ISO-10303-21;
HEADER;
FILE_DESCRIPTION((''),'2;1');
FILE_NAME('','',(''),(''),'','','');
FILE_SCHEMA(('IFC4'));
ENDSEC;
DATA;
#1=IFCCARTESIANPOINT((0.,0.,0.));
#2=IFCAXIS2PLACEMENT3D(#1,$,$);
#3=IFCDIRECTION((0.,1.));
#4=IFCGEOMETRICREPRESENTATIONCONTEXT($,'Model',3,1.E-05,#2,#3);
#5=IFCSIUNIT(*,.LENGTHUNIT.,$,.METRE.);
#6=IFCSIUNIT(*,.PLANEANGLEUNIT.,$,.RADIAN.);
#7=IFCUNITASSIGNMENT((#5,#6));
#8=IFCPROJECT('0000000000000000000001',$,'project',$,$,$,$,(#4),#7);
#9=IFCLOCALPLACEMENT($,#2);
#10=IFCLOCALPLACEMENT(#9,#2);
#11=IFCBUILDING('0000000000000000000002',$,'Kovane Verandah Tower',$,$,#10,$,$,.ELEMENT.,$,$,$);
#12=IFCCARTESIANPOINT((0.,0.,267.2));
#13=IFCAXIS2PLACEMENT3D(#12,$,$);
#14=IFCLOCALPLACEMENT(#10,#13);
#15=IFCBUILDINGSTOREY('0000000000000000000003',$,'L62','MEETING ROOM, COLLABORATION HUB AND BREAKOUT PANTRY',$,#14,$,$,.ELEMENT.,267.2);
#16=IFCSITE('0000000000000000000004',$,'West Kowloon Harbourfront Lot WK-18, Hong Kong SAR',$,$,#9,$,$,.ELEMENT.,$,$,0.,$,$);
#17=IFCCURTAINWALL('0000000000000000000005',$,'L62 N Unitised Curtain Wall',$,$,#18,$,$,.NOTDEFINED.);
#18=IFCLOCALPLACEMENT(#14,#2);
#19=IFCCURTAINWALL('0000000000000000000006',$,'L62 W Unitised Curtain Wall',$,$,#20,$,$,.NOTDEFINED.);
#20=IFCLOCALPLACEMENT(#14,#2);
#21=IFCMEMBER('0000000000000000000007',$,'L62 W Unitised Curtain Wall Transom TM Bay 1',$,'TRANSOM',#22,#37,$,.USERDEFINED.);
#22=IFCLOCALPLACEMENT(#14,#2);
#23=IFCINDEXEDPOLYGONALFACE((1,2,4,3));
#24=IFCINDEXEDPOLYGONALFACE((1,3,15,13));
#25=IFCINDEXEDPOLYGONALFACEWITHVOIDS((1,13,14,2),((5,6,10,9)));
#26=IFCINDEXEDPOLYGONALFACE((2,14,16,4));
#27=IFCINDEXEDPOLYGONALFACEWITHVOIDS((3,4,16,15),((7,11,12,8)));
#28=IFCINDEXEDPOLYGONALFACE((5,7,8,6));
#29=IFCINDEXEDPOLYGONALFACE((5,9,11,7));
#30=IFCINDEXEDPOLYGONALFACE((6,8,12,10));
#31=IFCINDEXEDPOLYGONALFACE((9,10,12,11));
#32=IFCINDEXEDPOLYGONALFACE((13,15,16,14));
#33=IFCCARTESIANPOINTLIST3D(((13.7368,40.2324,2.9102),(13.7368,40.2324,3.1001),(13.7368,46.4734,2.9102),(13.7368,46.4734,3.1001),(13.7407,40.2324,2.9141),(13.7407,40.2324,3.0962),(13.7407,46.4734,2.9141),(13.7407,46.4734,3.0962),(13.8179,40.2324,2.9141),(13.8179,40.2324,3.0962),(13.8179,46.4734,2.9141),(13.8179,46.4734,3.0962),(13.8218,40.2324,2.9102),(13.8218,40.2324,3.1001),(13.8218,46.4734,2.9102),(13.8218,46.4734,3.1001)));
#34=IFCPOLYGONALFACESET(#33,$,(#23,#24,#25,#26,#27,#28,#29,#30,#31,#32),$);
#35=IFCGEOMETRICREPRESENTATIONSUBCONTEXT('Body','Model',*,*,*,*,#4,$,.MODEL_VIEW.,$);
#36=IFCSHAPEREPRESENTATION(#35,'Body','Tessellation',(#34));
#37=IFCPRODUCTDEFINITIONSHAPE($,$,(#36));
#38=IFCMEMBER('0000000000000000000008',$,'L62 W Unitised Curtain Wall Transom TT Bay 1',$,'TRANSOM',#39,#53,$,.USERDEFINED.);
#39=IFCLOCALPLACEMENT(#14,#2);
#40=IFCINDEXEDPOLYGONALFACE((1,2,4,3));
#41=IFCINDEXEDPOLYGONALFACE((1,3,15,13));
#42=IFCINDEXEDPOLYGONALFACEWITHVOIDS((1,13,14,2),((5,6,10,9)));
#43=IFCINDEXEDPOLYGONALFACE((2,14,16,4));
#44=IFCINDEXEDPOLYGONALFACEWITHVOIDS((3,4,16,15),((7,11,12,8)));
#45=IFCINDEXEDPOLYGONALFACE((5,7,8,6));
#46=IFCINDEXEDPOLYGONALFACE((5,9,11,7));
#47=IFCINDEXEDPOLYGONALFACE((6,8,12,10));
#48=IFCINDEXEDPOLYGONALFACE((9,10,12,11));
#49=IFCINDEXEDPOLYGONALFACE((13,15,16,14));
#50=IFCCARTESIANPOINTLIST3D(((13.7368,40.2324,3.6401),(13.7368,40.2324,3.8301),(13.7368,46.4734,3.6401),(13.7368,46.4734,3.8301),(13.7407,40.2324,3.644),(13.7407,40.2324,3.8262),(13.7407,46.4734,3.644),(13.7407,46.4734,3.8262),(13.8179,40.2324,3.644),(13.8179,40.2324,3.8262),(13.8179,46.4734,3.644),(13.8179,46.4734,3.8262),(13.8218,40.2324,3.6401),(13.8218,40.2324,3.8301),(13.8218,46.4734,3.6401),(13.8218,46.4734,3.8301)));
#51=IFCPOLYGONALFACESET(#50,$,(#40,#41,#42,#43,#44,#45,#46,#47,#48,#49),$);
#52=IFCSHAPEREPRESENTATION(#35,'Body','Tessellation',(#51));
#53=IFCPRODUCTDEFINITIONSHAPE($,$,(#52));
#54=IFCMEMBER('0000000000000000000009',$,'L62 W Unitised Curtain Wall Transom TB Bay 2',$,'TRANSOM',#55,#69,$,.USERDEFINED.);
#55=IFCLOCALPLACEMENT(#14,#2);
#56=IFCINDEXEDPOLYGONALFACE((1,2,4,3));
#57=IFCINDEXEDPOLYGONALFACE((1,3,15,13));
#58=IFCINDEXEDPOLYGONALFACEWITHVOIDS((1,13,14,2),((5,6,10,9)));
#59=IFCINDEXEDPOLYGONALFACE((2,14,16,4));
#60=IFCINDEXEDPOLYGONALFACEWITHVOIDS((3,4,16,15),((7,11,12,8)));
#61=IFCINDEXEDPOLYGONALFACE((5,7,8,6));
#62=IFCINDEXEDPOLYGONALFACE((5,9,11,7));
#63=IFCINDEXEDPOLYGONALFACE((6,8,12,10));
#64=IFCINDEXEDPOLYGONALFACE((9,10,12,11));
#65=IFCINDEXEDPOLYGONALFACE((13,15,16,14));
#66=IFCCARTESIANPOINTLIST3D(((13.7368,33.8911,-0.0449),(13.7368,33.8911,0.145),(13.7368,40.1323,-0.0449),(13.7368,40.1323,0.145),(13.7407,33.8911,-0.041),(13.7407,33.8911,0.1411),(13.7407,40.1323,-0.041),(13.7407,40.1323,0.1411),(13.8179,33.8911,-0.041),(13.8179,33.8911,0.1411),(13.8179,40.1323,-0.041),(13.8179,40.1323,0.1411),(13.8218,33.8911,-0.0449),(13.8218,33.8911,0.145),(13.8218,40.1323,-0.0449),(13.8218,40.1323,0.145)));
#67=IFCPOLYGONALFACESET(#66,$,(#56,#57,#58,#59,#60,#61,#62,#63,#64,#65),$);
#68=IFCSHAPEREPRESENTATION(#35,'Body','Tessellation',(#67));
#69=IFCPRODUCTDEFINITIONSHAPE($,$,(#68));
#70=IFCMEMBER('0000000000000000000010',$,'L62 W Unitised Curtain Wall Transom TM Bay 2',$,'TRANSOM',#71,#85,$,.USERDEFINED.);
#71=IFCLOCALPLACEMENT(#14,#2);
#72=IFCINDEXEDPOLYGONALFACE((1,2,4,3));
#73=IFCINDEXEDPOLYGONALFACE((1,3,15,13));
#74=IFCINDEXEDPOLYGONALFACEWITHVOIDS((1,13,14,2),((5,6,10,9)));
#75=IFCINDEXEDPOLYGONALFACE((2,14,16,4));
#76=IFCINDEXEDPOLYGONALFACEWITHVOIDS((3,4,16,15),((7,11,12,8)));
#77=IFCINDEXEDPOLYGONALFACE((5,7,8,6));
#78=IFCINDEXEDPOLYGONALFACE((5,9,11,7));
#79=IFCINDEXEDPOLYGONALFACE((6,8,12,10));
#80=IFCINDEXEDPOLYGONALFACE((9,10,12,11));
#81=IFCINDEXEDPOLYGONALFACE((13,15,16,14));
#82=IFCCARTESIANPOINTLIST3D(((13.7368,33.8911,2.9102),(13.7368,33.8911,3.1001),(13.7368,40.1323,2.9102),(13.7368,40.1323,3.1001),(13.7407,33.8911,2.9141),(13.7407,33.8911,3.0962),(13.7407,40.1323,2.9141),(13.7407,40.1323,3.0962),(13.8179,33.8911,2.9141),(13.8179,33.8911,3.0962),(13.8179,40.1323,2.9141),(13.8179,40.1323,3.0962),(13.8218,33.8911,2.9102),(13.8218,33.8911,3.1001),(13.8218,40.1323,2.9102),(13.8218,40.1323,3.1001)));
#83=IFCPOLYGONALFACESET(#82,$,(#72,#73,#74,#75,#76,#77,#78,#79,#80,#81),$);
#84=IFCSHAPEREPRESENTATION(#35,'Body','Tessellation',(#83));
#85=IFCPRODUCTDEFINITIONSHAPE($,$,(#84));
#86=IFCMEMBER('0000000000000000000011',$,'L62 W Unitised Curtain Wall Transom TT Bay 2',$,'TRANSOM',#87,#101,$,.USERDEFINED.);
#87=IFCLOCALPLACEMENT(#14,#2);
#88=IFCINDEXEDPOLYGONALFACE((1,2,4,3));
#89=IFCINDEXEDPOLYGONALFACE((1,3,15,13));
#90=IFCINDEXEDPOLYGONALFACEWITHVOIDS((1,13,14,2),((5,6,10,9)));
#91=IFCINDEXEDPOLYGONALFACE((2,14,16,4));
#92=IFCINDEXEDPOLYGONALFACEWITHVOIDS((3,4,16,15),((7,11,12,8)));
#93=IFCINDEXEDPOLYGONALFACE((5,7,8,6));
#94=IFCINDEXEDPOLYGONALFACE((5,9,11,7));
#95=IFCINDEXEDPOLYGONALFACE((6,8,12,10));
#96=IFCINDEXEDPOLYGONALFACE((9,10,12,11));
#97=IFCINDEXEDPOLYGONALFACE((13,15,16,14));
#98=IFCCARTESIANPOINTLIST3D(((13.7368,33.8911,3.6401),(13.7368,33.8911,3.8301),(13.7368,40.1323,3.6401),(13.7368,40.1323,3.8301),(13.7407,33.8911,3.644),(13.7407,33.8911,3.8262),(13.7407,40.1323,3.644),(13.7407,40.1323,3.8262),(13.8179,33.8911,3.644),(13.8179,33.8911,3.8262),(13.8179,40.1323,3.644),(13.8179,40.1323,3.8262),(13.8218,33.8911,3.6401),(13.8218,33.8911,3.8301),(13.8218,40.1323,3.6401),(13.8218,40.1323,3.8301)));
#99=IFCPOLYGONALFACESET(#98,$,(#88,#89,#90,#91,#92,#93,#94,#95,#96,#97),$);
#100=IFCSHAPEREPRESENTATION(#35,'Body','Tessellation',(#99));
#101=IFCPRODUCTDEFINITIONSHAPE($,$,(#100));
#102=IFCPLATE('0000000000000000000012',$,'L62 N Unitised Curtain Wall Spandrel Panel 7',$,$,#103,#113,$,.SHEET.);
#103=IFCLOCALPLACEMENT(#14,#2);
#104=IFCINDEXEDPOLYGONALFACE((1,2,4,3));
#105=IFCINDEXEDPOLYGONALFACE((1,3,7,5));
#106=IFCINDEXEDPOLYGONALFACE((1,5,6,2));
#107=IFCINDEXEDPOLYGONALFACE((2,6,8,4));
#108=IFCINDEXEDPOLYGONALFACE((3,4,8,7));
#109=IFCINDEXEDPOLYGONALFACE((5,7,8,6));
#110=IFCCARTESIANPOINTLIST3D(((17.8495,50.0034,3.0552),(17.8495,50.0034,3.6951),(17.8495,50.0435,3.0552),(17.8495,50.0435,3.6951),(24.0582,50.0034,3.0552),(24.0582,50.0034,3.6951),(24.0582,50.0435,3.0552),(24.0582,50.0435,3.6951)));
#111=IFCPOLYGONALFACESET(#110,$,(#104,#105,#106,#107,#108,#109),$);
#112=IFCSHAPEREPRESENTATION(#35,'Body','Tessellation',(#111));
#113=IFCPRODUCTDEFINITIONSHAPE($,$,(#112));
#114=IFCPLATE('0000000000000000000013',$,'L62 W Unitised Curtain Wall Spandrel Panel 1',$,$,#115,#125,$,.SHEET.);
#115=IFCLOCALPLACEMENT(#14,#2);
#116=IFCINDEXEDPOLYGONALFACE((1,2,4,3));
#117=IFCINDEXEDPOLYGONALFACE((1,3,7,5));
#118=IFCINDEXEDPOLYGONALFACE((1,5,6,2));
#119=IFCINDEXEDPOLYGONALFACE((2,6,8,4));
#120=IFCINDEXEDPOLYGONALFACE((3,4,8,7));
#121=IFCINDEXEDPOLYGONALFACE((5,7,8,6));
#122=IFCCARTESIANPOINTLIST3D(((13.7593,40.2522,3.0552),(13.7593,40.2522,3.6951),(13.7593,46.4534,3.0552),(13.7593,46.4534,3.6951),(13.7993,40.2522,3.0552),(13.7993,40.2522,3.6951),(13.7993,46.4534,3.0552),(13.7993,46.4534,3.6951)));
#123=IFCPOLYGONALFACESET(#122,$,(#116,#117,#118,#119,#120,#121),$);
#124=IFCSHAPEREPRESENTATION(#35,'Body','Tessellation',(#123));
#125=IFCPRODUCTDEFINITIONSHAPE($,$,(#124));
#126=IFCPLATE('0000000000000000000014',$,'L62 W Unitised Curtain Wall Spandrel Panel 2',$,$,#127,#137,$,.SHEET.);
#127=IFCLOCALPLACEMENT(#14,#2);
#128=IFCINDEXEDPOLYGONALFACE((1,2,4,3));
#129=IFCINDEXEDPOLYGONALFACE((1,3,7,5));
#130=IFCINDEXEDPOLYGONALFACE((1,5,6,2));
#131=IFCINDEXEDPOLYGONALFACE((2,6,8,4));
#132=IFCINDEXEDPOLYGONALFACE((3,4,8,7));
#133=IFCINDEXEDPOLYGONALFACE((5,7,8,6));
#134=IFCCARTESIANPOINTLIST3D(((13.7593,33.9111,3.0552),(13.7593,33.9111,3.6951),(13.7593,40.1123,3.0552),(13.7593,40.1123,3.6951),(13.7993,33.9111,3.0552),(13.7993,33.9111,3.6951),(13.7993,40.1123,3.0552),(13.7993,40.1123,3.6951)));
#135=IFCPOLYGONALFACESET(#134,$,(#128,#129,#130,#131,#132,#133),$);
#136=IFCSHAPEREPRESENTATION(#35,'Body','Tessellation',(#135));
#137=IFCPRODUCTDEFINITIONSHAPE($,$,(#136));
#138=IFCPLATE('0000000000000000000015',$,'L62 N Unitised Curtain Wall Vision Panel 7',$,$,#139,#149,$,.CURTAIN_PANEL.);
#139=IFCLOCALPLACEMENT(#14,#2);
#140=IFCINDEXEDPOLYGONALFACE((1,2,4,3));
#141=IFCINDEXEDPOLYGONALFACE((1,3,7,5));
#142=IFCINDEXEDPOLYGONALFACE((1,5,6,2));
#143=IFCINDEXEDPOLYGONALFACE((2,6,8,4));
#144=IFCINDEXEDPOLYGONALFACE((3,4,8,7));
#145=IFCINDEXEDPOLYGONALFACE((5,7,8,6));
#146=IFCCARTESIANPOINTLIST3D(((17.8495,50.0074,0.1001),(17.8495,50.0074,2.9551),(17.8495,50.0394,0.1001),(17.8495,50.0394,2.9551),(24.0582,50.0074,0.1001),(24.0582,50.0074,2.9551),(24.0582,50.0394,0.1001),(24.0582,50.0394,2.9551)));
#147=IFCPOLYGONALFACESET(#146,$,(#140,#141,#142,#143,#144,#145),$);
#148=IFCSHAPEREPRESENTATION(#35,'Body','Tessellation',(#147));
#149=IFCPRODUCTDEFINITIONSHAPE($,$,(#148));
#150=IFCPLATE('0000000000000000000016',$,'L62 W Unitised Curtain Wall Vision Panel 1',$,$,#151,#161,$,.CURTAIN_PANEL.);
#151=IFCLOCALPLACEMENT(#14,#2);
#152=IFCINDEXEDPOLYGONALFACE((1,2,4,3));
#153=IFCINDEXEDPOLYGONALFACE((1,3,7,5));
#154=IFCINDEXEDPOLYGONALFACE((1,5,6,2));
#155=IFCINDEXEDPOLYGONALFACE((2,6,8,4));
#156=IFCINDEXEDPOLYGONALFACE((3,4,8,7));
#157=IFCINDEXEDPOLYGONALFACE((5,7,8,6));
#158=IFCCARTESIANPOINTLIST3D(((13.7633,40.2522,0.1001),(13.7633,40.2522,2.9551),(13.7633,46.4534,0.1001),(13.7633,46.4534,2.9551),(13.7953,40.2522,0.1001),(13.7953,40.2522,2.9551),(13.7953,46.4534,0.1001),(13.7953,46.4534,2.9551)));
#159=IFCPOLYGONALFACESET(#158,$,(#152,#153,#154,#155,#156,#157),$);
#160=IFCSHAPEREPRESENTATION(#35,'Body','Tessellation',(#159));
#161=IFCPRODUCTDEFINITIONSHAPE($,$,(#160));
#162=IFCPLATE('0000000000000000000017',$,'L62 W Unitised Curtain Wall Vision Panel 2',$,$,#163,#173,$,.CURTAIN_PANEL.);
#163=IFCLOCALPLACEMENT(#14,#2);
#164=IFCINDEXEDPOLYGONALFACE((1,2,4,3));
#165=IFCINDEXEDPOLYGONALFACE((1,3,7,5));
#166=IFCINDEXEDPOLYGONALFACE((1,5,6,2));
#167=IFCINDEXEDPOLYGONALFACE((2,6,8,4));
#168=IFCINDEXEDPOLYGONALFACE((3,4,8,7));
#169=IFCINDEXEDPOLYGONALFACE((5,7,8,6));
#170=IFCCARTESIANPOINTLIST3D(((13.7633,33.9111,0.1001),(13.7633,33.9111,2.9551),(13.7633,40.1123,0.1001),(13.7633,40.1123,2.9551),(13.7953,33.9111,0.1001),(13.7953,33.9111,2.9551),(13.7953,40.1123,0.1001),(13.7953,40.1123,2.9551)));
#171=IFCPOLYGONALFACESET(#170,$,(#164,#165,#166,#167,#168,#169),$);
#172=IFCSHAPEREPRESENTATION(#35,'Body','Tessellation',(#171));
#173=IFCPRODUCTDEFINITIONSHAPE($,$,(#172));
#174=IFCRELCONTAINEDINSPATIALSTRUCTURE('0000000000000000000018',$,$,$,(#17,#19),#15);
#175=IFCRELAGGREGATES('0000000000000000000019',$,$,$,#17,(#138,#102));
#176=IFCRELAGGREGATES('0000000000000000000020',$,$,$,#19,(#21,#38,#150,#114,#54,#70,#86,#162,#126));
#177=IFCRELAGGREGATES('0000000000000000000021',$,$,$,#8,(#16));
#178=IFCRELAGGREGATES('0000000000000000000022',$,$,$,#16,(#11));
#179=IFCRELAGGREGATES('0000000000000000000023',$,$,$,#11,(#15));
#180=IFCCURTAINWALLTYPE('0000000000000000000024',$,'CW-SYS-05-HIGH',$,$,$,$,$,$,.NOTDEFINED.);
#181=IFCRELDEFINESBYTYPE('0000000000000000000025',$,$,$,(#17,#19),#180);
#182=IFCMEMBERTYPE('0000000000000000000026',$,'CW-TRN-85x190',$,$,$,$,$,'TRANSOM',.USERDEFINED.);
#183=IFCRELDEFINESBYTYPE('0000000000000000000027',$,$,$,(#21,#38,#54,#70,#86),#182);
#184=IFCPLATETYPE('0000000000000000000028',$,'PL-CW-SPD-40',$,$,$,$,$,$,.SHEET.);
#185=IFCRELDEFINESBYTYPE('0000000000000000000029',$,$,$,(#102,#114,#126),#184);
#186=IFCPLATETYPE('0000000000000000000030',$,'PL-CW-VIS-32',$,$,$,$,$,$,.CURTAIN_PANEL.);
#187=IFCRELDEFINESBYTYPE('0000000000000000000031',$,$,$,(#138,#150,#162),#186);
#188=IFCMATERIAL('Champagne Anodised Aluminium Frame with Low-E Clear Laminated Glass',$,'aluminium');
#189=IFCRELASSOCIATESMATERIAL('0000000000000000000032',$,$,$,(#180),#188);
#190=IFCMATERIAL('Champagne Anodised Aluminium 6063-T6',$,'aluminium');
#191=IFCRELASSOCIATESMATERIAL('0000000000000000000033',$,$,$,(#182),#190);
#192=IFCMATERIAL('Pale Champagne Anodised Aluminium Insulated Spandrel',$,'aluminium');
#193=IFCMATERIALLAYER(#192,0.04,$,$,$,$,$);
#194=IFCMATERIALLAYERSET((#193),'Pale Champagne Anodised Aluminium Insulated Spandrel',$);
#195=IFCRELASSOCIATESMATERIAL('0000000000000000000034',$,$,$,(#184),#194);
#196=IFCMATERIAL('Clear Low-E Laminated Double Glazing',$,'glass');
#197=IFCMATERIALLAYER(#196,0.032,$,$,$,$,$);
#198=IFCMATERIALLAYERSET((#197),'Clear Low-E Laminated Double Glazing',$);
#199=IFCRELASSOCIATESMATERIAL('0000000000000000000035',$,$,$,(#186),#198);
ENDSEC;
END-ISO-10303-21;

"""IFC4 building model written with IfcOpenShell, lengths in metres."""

from ifc_helpers import new_model, si_unit, direction, frame, origin, origin_2d, place, context, subcontext, project, spatial, rectangle, hollow_rectangle, extrude, material, layer, layer_set, material_profile, profile_set, type_object, element, aggregate, save


model = new_model("IFC4")

# Units and contexts
model_context = context("Model", 3, precision=1e-05, world=origin(), true_north=direction((0.0, 1.0)))
body_context = subcontext(model_context, "Body", "Model", "MODEL_VIEW")
ifc_project = project(units=[si_unit("LENGTHUNIT", "METRE"), si_unit("PLANEANGLEUNIT", "RADIAN")], contexts=[model_context])

# Site, building, storey
site_placement = place(None, origin())
site = spatial("IfcSite", under=ifc_project, at=site_placement, Name="West Kowloon Harbourfront Lot WK-18, Hong Kong SAR", CompositionType="ELEMENT", RefElevation=0.0)
building_placement = place(site_placement, origin())
building = spatial("IfcBuilding", under=site, at=building_placement, Name="Kovane Verandah Tower", CompositionType="ELEMENT")
storey_placement = place(building_placement, frame((0.0, 0.0, 267.2)))
storey = spatial("IfcBuildingStorey", under=building, at=storey_placement, Name="L62", Description="MEETING ROOM, COLLABORATION HUB AND BREAKOUT PANTRY", CompositionType="ELEMENT", Elevation=267.2)

# Curtain wall
ifc_material_1 = material(Name="Champagne Anodised Aluminium Frame with Low-E Clear Laminated Glass", Category="aluminium")
curtain_wall_type = type_object("IfcCurtainWallType", Name="CW-SYS-05-HIGH", PredefinedType="NOTDEFINED", material=ifc_material_1)
curtain_wall_1_placement = place(storey_placement, origin())
curtain_wall_1 = element("IfcCurtainWall", 1, at=curtain_wall_1_placement, inside=storey, type_object=curtain_wall_type, Name="L62 N Unitised Curtain Wall", PredefinedType="NOTDEFINED")
ifc_material_2 = material(Name="Champagne Anodised Aluminium 6063-T6", Category="aluminium")

# Curtain wall, members
curtain_wall_2_placement = place(storey_placement, origin())
curtain_wall_2 = element("IfcCurtainWall", 2, at=curtain_wall_2_placement, inside=storey, type_object=curtain_wall_type, Name="L62 W Unitised Curtain Wall", PredefinedType="NOTDEFINED")
ifc_material_profile_1 = material_profile(ifc_material_2, hollow_rectangle(XDim=0.085, YDim=0.1899, WallThickness=0.0039, at=origin_2d()), Name="AL85x190x4")
ifc_profile_set_1 = profile_set([ifc_material_profile_1], Name="Champagne Anodised Aluminium 6063-T6")
member_type_1 = type_object("IfcMemberType", Name="CW-TRN-85x190", ElementType="TRANSOM", PredefinedType="USERDEFINED", material=ifc_profile_set_1)
member_1_placement = place(storey_placement, frame((13.7793, 46.4734, 3.0051), z_axis=(0.0, -1.0, 0.0), x_axis=(1.0, 0.0, 0.0)))
member_1 = element("IfcMember", 3, at=member_1_placement, type_object=member_type_1, Name="L62 W Unitised Curtain Wall Transom TM Bay 1", ObjectType="TRANSOM", PredefinedType="USERDEFINED", context=body_context, shape_type="SweptSolid", body=[
    extrude(hollow_rectangle(XDim=0.085, YDim=0.1899, WallThickness=0.0039, at=origin_2d()), origin(), (0.0, 0.0, 1.0), 6.241),
])
member_2_placement = place(storey_placement, frame((13.7793, 46.4734, 3.7351), z_axis=(0.0, -1.0, 0.0), x_axis=(1.0, 0.0, 0.0)))
member_2 = element("IfcMember", 4, at=member_2_placement, type_object=member_type_1, Name="L62 W Unitised Curtain Wall Transom TT Bay 1", ObjectType="TRANSOM", PredefinedType="USERDEFINED", context=body_context, shape_type="SweptSolid", body=[
    extrude(hollow_rectangle(XDim=0.085, YDim=0.1899, WallThickness=0.0039, at=origin_2d()), origin(), (0.0, 0.0, 1.0), 6.241),
])
member_3_placement = place(storey_placement, frame((13.7793, 40.1323, 0.05), z_axis=(0.0, -1.0, 0.0), x_axis=(1.0, 0.0, 0.0)))
member_3 = element("IfcMember", 5, at=member_3_placement, type_object=member_type_1, Name="L62 W Unitised Curtain Wall Transom TB Bay 2", ObjectType="TRANSOM", PredefinedType="USERDEFINED", context=body_context, shape_type="SweptSolid", body=[
    extrude(hollow_rectangle(XDim=0.085, YDim=0.1899, WallThickness=0.0039, at=origin_2d()), origin(), (0.0, 0.0, 1.0), 6.2412),
])
member_4_placement = place(storey_placement, frame((13.7793, 40.1323, 3.0051), z_axis=(0.0, -1.0, 0.0), x_axis=(1.0, 0.0, 0.0)))
member_4 = element("IfcMember", 6, at=member_4_placement, type_object=member_type_1, Name="L62 W Unitised Curtain Wall Transom TM Bay 2", ObjectType="TRANSOM", PredefinedType="USERDEFINED", context=body_context, shape_type="SweptSolid", body=[
    extrude(hollow_rectangle(XDim=0.085, YDim=0.1899, WallThickness=0.0039, at=origin_2d()), origin(), (0.0, 0.0, 1.0), 6.2412),
])
member_5_placement = place(storey_placement, frame((13.7793, 40.1323, 3.7351), z_axis=(0.0, -1.0, 0.0), x_axis=(1.0, 0.0, 0.0)))
member_5 = element("IfcMember", 7, at=member_5_placement, type_object=member_type_1, Name="L62 W Unitised Curtain Wall Transom TT Bay 2", ObjectType="TRANSOM", PredefinedType="USERDEFINED", context=body_context, shape_type="SweptSolid", body=[
    extrude(hollow_rectangle(XDim=0.085, YDim=0.1899, WallThickness=0.0039, at=origin_2d()), origin(), (0.0, 0.0, 1.0), 6.2412),
])

# Plates
ifc_material_3 = material(Name="Pale Champagne Anodised Aluminium Insulated Spandrel", Category="aluminium")
ifc_layer_1 = layer(ifc_material_3, 0.04)
ifc_layer_set_1 = layer_set([ifc_layer_1], Name="Pale Champagne Anodised Aluminium Insulated Spandrel")
plate_type_1 = type_object("IfcPlateType", Name="PL-CW-SPD-40", PredefinedType="SHEET", material=ifc_layer_set_1)
plate_1_placement = place(storey_placement, frame((20.9539, 50.0234, 3.0552), z_axis=(0.0, 0.0, 1.0), x_axis=(-1.0, 0.0, 0.0)))
plate_1 = element("IfcPlate", 8, at=plate_1_placement, type_object=plate_type_1, Name="L62 N Unitised Curtain Wall Spandrel Panel 7", PredefinedType="SHEET", context=body_context, shape_type="SweptSolid", body=[
    extrude(rectangle(XDim=6.2087, YDim=0.04, at=origin_2d()), origin(), (0.0, 0.0, 1.0), 0.6399),
])
plate_2_placement = place(storey_placement, frame((13.7793, 43.3528, 3.0552), z_axis=(0.0, 0.0, 1.0), x_axis=(0.0, -1.0, 0.0)))
plate_2 = element("IfcPlate", 9, at=plate_2_placement, type_object=plate_type_1, Name="L62 W Unitised Curtain Wall Spandrel Panel 1", PredefinedType="SHEET", context=body_context, shape_type="SweptSolid", body=[
    extrude(rectangle(XDim=6.2012, YDim=0.04, at=origin_2d()), origin(), (0.0, 0.0, 1.0), 0.6399),
])
plate_3_placement = place(storey_placement, frame((13.7793, 37.0117, 3.0552), z_axis=(0.0, 0.0, 1.0), x_axis=(0.0, -1.0, 0.0)))
plate_3 = element("IfcPlate", 10, at=plate_3_placement, type_object=plate_type_1, Name="L62 W Unitised Curtain Wall Spandrel Panel 2", PredefinedType="SHEET", context=body_context, shape_type="SweptSolid", body=[
    extrude(rectangle(XDim=6.2012, YDim=0.04, at=origin_2d()), origin(), (0.0, 0.0, 1.0), 0.6399),
])
ifc_material_4 = material(Name="Clear Low-E Laminated Double Glazing", Category="glass")
ifc_layer_2 = layer(ifc_material_4, 0.032)
ifc_layer_set_2 = layer_set([ifc_layer_2], Name="Clear Low-E Laminated Double Glazing")
plate_type_2 = type_object("IfcPlateType", Name="PL-CW-VIS-32", PredefinedType="CURTAIN_PANEL", material=ifc_layer_set_2)
plate_4_placement = place(storey_placement, frame((20.9539, 50.0234, 0.1001), z_axis=(0.0, 0.0, 1.0), x_axis=(-1.0, 0.0, 0.0)))
plate_4 = element("IfcPlate", 11, at=plate_4_placement, type_object=plate_type_2, Name="L62 N Unitised Curtain Wall Vision Panel 7", PredefinedType="CURTAIN_PANEL", context=body_context, shape_type="SweptSolid", body=[
    extrude(rectangle(XDim=6.2087, YDim=0.032, at=origin_2d()), origin(), (0.0, 0.0, 1.0), 2.855),
])
aggregate(curtain_wall_1, [plate_4, plate_1])
plate_5_placement = place(storey_placement, frame((13.7793, 43.3528, 0.1001), z_axis=(0.0, 0.0, 1.0), x_axis=(0.0, -1.0, 0.0)))
plate_5 = element("IfcPlate", 12, at=plate_5_placement, type_object=plate_type_2, Name="L62 W Unitised Curtain Wall Vision Panel 1", PredefinedType="CURTAIN_PANEL", context=body_context, shape_type="SweptSolid", body=[
    extrude(rectangle(XDim=6.2012, YDim=0.032, at=origin_2d()), origin(), (0.0, 0.0, 1.0), 2.855),
])
plate_6_placement = place(storey_placement, frame((13.7793, 37.0117, 0.1001), z_axis=(0.0, 0.0, 1.0), x_axis=(0.0, -1.0, 0.0)))
plate_6 = element("IfcPlate", 13, at=plate_6_placement, type_object=plate_type_2, Name="L62 W Unitised Curtain Wall Vision Panel 2", PredefinedType="CURTAIN_PANEL", context=body_context, shape_type="SweptSolid", body=[
    extrude(rectangle(XDim=6.2012, YDim=0.032, at=origin_2d()), origin(), (0.0, 0.0, 1.0), 2.855),
])
aggregate(curtain_wall_2, [member_1, member_2, plate_5, plate_2, member_3, member_4, member_5, plate_6, plate_3])

save(model, "model.ifc")
